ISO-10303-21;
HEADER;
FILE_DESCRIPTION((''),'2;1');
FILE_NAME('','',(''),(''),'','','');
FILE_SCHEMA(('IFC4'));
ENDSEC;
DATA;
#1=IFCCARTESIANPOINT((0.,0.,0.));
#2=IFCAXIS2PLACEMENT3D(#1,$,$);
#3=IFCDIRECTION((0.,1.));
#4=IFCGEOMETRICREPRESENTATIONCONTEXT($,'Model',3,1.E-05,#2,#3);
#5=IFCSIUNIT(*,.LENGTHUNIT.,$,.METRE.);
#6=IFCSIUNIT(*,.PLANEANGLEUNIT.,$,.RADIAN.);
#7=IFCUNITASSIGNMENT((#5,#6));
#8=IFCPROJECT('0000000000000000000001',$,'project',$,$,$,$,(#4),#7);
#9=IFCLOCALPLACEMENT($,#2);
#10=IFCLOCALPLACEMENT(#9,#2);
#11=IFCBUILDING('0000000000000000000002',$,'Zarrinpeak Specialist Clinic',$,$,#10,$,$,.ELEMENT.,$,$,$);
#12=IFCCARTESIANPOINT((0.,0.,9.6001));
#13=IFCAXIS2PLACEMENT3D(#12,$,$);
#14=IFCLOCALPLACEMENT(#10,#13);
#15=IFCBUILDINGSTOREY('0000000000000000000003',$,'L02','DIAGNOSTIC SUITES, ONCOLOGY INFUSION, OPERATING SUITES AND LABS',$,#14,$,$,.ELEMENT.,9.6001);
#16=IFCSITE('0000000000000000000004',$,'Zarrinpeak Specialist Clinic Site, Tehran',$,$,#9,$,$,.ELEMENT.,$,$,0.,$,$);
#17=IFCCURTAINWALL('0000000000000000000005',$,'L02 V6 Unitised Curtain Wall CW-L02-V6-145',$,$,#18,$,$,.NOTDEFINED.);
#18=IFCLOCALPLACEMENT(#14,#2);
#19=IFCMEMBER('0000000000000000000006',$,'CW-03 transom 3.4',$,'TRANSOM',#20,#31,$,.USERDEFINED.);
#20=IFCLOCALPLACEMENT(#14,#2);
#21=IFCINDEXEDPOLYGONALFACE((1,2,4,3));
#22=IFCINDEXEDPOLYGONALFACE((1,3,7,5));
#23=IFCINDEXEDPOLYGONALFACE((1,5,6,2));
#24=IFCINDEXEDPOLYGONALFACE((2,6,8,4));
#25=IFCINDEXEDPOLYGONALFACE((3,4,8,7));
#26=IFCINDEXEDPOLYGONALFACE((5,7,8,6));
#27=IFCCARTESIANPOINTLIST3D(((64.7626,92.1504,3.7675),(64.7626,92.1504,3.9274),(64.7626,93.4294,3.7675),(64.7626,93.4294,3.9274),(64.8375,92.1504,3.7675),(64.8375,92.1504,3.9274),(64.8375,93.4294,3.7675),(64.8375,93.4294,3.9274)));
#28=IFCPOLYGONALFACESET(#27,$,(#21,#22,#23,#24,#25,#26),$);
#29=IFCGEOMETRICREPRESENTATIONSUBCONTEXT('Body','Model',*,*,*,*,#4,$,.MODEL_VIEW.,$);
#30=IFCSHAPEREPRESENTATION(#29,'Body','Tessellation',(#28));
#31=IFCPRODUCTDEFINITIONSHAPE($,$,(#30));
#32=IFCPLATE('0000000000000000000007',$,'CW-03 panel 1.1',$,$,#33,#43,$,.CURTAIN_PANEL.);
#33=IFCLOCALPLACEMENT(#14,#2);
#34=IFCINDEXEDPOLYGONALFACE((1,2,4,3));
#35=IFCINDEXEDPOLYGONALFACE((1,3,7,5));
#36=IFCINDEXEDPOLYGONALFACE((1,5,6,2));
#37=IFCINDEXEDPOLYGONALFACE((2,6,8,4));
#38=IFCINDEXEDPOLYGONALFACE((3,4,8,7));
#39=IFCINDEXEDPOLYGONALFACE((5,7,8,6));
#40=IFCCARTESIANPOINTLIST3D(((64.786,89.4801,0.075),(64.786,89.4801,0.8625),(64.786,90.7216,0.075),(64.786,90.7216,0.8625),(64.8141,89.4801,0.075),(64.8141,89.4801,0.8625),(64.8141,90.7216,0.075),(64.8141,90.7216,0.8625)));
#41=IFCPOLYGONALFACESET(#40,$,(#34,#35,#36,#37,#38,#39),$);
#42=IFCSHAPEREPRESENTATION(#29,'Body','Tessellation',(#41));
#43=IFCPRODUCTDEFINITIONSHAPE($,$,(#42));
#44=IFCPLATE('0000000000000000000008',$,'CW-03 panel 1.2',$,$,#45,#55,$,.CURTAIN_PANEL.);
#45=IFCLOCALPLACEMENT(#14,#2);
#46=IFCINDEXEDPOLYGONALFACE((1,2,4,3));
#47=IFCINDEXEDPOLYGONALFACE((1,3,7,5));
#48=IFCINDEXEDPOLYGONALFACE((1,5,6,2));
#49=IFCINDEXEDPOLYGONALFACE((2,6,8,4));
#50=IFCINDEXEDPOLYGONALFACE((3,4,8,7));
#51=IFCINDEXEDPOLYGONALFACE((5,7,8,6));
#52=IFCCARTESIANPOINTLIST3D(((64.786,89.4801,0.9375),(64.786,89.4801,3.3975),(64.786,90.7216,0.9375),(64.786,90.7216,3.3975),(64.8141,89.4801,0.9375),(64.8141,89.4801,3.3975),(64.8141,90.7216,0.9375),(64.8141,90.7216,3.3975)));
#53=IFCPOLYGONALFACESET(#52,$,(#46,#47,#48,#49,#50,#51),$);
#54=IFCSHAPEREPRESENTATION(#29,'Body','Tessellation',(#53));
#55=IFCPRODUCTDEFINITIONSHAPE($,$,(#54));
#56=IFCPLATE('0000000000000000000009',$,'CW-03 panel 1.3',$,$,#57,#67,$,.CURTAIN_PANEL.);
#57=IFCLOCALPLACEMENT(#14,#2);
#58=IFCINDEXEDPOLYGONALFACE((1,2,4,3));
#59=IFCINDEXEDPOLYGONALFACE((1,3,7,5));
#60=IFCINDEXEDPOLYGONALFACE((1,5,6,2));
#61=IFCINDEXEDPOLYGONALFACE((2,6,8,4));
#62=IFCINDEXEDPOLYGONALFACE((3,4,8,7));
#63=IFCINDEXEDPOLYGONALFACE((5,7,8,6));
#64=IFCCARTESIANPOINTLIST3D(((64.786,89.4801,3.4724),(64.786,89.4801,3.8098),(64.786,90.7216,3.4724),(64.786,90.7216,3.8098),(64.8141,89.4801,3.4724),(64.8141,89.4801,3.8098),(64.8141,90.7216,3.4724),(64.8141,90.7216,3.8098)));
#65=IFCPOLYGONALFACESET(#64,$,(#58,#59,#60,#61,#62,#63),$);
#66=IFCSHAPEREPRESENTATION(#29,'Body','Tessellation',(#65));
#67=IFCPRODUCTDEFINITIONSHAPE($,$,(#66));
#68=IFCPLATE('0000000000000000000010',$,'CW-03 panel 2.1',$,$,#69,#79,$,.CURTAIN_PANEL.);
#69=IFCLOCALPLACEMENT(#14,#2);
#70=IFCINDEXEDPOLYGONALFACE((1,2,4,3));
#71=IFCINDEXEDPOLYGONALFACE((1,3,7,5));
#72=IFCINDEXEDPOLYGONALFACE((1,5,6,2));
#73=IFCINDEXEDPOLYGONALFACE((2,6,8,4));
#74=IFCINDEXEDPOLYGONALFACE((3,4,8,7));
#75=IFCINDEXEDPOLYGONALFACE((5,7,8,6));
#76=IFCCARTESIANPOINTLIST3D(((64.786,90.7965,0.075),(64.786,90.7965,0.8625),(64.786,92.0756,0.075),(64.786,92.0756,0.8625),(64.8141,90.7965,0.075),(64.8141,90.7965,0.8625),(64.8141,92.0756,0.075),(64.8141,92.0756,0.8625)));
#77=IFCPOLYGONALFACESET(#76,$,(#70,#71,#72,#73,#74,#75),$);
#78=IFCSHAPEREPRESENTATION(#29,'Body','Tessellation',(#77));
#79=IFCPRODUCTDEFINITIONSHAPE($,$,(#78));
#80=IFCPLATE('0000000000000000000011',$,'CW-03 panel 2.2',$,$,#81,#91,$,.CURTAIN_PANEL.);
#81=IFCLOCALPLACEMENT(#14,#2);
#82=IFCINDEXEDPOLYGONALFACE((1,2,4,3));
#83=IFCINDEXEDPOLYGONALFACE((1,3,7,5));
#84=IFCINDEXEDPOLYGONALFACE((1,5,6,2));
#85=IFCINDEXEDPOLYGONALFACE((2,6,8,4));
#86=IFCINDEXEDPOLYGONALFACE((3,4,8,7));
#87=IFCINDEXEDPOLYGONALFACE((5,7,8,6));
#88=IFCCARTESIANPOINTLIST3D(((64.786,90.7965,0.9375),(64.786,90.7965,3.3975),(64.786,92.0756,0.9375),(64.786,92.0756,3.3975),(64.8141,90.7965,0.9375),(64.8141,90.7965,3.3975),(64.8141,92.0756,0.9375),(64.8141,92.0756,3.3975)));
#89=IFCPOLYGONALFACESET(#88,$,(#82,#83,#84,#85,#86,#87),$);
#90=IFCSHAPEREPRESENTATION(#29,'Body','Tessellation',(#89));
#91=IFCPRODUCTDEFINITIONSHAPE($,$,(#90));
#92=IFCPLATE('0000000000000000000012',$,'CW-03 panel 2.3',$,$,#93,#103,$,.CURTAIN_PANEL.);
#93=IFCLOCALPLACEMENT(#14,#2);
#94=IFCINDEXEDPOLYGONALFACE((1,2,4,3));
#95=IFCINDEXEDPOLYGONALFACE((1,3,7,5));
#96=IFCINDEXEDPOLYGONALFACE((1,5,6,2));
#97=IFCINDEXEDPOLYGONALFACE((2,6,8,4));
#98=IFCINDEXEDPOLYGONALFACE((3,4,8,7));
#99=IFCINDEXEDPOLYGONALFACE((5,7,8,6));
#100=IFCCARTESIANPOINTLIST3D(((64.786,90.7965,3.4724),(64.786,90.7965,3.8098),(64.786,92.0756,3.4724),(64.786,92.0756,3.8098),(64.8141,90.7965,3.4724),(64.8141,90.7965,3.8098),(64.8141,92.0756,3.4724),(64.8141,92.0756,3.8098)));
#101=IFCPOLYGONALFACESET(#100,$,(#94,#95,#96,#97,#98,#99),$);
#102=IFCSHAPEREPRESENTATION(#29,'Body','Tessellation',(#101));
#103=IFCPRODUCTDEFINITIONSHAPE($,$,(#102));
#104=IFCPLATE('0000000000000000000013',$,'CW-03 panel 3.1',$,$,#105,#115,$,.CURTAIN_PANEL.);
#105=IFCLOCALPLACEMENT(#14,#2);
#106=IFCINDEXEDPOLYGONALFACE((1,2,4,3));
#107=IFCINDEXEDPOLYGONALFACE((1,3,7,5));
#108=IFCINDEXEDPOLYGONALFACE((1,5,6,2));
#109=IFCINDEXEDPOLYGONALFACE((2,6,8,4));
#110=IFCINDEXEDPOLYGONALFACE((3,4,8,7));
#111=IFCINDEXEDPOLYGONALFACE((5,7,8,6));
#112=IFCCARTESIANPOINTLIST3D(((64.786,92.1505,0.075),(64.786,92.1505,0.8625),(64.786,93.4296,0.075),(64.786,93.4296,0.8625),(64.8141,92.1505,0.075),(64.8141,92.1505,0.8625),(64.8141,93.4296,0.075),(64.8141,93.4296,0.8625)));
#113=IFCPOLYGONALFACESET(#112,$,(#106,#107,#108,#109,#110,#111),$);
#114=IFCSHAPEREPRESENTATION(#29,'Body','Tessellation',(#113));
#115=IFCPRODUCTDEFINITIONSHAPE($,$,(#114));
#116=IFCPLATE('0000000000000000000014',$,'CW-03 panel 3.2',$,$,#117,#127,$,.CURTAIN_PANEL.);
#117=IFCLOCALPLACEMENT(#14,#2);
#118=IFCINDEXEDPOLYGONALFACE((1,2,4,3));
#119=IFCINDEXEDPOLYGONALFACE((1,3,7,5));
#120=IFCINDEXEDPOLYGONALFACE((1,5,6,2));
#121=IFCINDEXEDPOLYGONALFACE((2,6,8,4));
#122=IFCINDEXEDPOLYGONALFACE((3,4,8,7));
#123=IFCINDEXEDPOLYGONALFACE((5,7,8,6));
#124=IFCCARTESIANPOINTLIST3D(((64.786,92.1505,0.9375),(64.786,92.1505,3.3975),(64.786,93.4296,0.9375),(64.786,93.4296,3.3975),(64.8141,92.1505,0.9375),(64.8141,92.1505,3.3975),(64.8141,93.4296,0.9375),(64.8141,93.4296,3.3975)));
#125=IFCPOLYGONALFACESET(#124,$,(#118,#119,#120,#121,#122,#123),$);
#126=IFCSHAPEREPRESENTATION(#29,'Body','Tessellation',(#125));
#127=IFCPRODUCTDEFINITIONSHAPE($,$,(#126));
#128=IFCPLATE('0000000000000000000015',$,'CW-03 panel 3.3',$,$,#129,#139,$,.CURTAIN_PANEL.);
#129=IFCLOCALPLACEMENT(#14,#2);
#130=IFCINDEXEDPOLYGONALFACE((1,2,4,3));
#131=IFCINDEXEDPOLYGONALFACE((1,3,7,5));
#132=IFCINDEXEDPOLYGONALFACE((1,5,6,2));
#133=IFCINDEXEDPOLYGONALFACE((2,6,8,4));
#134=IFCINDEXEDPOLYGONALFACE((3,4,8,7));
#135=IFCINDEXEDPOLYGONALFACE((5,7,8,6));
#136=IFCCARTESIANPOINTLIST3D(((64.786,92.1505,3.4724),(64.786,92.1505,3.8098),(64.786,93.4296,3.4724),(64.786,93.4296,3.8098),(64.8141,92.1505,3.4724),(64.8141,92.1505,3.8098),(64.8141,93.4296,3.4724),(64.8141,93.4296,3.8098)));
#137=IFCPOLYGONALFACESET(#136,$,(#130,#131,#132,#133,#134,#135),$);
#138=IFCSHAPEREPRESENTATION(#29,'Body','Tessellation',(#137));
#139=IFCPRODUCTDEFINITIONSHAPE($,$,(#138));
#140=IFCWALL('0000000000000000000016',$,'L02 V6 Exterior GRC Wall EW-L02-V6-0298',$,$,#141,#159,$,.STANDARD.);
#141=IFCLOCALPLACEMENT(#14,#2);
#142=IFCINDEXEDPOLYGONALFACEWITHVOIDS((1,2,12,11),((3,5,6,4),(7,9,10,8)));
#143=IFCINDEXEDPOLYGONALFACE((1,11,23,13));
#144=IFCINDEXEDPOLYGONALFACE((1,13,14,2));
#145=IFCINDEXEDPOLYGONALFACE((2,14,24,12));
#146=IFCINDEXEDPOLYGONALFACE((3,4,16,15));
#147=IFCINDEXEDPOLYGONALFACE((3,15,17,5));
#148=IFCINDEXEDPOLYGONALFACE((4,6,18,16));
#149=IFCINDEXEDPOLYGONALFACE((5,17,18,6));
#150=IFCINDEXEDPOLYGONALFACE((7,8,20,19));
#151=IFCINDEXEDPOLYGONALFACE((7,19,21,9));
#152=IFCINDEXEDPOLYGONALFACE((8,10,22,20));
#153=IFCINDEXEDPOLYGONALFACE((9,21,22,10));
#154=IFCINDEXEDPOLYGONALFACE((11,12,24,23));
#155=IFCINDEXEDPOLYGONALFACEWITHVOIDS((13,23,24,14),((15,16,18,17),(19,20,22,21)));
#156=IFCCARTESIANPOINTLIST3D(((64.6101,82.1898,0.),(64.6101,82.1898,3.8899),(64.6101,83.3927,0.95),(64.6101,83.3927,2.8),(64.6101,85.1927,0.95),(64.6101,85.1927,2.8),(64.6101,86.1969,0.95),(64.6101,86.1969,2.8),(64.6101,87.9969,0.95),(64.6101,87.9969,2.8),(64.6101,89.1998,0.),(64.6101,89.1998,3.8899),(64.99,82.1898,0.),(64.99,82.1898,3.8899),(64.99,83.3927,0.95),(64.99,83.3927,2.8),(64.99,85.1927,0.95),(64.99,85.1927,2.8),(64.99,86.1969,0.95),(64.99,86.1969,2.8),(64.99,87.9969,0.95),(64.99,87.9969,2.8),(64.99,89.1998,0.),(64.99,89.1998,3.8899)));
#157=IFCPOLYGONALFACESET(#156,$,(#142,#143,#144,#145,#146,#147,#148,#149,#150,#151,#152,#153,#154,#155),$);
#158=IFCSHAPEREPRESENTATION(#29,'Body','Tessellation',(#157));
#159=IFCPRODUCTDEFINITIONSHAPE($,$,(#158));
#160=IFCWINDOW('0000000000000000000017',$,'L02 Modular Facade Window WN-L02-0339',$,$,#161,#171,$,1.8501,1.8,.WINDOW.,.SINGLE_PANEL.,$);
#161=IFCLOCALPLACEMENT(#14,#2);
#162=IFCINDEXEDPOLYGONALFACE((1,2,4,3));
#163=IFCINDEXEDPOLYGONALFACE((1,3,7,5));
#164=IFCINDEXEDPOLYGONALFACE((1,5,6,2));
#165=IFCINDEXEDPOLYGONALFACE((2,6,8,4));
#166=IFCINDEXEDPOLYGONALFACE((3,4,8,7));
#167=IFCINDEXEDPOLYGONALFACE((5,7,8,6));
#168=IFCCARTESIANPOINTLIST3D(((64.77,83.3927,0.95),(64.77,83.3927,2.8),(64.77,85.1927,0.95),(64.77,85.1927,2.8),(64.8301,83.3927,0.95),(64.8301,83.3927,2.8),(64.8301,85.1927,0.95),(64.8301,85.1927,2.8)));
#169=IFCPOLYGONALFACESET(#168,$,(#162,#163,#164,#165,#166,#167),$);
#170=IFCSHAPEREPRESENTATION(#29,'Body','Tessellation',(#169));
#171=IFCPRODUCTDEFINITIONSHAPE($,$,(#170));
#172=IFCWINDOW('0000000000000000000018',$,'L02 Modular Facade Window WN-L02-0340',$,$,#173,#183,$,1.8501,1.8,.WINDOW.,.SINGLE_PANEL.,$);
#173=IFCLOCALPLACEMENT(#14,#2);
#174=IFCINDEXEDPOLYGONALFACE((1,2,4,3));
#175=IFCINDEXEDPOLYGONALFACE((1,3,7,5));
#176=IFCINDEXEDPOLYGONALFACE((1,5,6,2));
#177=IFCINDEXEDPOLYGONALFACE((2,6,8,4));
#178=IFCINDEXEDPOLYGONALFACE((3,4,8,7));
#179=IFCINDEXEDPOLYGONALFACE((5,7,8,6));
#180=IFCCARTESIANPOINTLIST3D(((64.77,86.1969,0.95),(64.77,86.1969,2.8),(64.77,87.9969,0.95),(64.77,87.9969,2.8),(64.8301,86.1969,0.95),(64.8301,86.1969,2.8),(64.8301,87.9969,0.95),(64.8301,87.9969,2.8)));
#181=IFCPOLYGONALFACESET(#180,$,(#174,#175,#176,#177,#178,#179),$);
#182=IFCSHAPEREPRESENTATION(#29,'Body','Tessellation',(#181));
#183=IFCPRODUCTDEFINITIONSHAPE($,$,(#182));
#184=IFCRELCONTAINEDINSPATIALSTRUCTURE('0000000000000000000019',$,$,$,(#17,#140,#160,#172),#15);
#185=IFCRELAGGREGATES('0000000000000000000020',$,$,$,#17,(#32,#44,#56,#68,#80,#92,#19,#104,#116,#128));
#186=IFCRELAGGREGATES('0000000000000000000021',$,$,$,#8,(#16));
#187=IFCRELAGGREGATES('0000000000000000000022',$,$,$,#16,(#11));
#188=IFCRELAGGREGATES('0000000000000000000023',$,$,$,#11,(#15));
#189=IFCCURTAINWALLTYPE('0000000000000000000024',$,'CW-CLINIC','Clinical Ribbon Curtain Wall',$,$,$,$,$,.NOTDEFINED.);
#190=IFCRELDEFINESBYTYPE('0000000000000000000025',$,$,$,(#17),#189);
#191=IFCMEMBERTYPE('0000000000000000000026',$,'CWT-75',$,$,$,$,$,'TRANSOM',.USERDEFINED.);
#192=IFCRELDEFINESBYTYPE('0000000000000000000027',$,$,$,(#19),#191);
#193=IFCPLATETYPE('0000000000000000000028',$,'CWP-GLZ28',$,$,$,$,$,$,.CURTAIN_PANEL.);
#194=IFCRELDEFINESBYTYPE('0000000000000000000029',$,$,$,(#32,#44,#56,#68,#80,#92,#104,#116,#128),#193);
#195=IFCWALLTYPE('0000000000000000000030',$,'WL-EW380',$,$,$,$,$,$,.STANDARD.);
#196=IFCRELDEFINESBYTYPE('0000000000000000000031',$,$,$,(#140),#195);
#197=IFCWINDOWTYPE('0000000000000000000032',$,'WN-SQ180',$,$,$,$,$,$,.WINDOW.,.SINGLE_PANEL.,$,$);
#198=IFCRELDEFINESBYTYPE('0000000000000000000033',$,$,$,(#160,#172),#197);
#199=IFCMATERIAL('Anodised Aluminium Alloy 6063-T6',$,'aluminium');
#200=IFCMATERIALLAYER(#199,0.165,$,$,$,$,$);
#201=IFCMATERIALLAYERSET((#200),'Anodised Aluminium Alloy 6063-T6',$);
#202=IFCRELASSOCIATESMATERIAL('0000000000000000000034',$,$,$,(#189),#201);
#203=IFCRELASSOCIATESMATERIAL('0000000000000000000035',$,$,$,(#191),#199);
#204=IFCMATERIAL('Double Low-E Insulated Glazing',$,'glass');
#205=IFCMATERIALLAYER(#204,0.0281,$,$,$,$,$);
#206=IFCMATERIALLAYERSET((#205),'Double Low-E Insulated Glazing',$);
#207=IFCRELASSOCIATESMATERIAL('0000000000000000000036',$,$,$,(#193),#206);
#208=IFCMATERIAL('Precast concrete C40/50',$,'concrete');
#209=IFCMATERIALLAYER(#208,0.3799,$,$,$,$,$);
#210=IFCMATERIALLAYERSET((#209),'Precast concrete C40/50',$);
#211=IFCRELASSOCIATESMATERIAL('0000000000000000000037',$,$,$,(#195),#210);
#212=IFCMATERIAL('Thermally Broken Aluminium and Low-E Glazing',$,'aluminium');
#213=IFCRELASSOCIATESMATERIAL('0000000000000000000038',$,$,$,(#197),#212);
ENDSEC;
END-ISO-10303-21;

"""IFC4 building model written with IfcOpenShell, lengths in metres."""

from ifc_helpers import new_model, si_unit, direction, frame, frame_2d, origin, origin_2d, place, context, subcontext, project, spatial, rectangle, extrude, material, layer, layer_set, material_profile, profile_set, type_object, element, fill, aggregate, save


model = new_model("IFC4")

# Units and contexts
model_context = context("Model", 3, precision=1e-05, world=origin(), true_north=direction((0.0, 1.0)))
body_context = subcontext(model_context, "Body", "Model", "MODEL_VIEW")
ifc_project = project(units=[si_unit("LENGTHUNIT", "METRE"), si_unit("PLANEANGLEUNIT", "RADIAN")], contexts=[model_context])

# Site, building, storey
site_placement = place(None, origin())
site = spatial("IfcSite", under=ifc_project, at=site_placement, Name="Zarrinpeak Specialist Clinic Site, Tehran", CompositionType="ELEMENT", RefElevation=0.0)
building_placement = place(site_placement, origin())
building = spatial("IfcBuilding", under=site, at=building_placement, Name="Zarrinpeak Specialist Clinic", CompositionType="ELEMENT")
storey_placement = place(building_placement, frame((0.0, 0.0, 9.6001)))
storey = spatial("IfcBuildingStorey", under=building, at=storey_placement, Name="L02", Description="DIAGNOSTIC SUITES, ONCOLOGY INFUSION, OPERATING SUITES AND LABS", CompositionType="ELEMENT", Elevation=9.6001)

# Curtain wall, member, plates
ifc_material_1 = material(Name="Anodised Aluminium Alloy 6063-T6", Category="aluminium")
ifc_layer_1 = layer(ifc_material_1, 0.165)
ifc_layer_set_1 = layer_set([ifc_layer_1], Name="Anodised Aluminium Alloy 6063-T6")
curtain_wall_type = type_object("IfcCurtainWallType", Name="CW-CLINIC", Description="Clinical Ribbon Curtain Wall", PredefinedType="NOTDEFINED", material=ifc_layer_set_1)
curtain_wall_placement = place(storey_placement, origin())
curtain_wall = element("IfcCurtainWall", 1, at=curtain_wall_placement, inside=storey, type_object=curtain_wall_type, Name="L02 V6 Unitised Curtain Wall CW-L02-V6-145", PredefinedType="NOTDEFINED")
ifc_material_profile_1 = material_profile(ifc_material_1, rectangle(XDim=0.075, YDim=0.1599, at=origin_2d()), Name="ALU 75x160")
ifc_profile_set_1 = profile_set([ifc_material_profile_1], Name="Anodised Aluminium Alloy 6063-T6")
member_type_1 = type_object("IfcMemberType", Name="CWT-75", ElementType="TRANSOM", PredefinedType="USERDEFINED", material=ifc_profile_set_1)
member_1_placement = place(storey_placement, frame((64.8, 92.1504, 3.8474), z_axis=(0.0, 1.0, 0.0), x_axis=(-1.0, 0.0, 0.0)))
member_1 = element("IfcMember", 2, at=member_1_placement, type_object=member_type_1, Name="CW-03 transom 3.4", ObjectType="TRANSOM", PredefinedType="USERDEFINED", context=body_context, shape_type="SweptSolid", body=[
    extrude(rectangle(XDim=0.075, YDim=0.1599, at=origin_2d()), origin(), (0.0, 0.0, 1.0), 1.2791),
])
ifc_material_2 = material(Name="Double Low-E Insulated Glazing", Category="glass")
ifc_layer_2 = layer(ifc_material_2, 0.0281)
ifc_layer_set_2 = layer_set([ifc_layer_2], Name="Double Low-E Insulated Glazing")
plate_type = type_object("IfcPlateType", Name="CWP-GLZ28", PredefinedType="CURTAIN_PANEL", material=ifc_layer_set_2)
plate_1_placement = place(storey_placement, frame((64.8, 90.1008, 0.075), z_axis=(0.0, 0.0, 1.0), x_axis=(0.0, 1.0, 0.0)))
plate_1 = element("IfcPlate", 3, at=plate_1_placement, type_object=plate_type, Name="CW-03 panel 1.1", PredefinedType="CURTAIN_PANEL", context=body_context, shape_type="SweptSolid", body=[
    extrude(rectangle(XDim=1.2415, YDim=0.0281, at=origin_2d()), origin(), (0.0, 0.0, 1.0), 0.7876),
])
plate_2_placement = place(storey_placement, frame((64.8, 90.1008, 0.9375), z_axis=(0.0, 0.0, 1.0), x_axis=(0.0, 1.0, 0.0)))
plate_2 = element("IfcPlate", 4, at=plate_2_placement, type_object=plate_type, Name="CW-03 panel 1.2", PredefinedType="CURTAIN_PANEL", context=body_context, shape_type="SweptSolid", body=[
    extrude(rectangle(XDim=1.2415, YDim=0.0281, at=origin_2d()), origin(), (0.0, 0.0, 1.0), 2.46),
])
plate_3_placement = place(storey_placement, frame((64.8, 90.1008, 3.4724), z_axis=(0.0, 0.0, 1.0), x_axis=(0.0, 1.0, 0.0)))
plate_3 = element("IfcPlate", 5, at=plate_3_placement, type_object=plate_type, Name="CW-03 panel 1.3", PredefinedType="CURTAIN_PANEL", context=body_context, shape_type="SweptSolid", body=[
    extrude(rectangle(XDim=1.2415, YDim=0.0281, at=origin_2d()), origin(), (0.0, 0.0, 1.0), 0.3374),
])
plate_4_placement = place(storey_placement, frame((64.8, 91.436, 0.075), z_axis=(0.0, 0.0, 1.0), x_axis=(0.0, 1.0, 0.0)))
plate_4 = element("IfcPlate", 6, at=plate_4_placement, type_object=plate_type, Name="CW-03 panel 2.1", PredefinedType="CURTAIN_PANEL", context=body_context, shape_type="SweptSolid", body=[
    extrude(rectangle(XDim=1.2791, YDim=0.0281, at=origin_2d()), origin(), (0.0, 0.0, 1.0), 0.7876),
])
plate_5_placement = place(storey_placement, frame((64.8, 91.436, 0.9375), z_axis=(0.0, 0.0, 1.0), x_axis=(0.0, 1.0, 0.0)))
plate_5 = element("IfcPlate", 7, at=plate_5_placement, type_object=plate_type, Name="CW-03 panel 2.2", PredefinedType="CURTAIN_PANEL", context=body_context, shape_type="SweptSolid", body=[
    extrude(rectangle(XDim=1.2791, YDim=0.0281, at=origin_2d()), origin(), (0.0, 0.0, 1.0), 2.46),
])
plate_6_placement = place(storey_placement, frame((64.8, 91.436, 3.4724), z_axis=(0.0, 0.0, 1.0), x_axis=(0.0, 1.0, 0.0)))
plate_6 = element("IfcPlate", 8, at=plate_6_placement, type_object=plate_type, Name="CW-03 panel 2.3", PredefinedType="CURTAIN_PANEL", context=body_context, shape_type="SweptSolid", body=[
    extrude(rectangle(XDim=1.2791, YDim=0.0281, at=origin_2d()), origin(), (0.0, 0.0, 1.0), 0.3374),
])
plate_7_placement = place(storey_placement, frame((64.8, 92.79, 0.075), z_axis=(0.0, 0.0, 1.0), x_axis=(0.0, 1.0, 0.0)))
plate_7 = element("IfcPlate", 9, at=plate_7_placement, type_object=plate_type, Name="CW-03 panel 3.1", PredefinedType="CURTAIN_PANEL", context=body_context, shape_type="SweptSolid", body=[
    extrude(rectangle(XDim=1.2791, YDim=0.0281, at=origin_2d()), origin(), (0.0, 0.0, 1.0), 0.7876),
])
plate_8_placement = place(storey_placement, frame((64.8, 92.79, 0.9375), z_axis=(0.0, 0.0, 1.0), x_axis=(0.0, 1.0, 0.0)))
plate_8 = element("IfcPlate", 10, at=plate_8_placement, type_object=plate_type, Name="CW-03 panel 3.2", PredefinedType="CURTAIN_PANEL", context=body_context, shape_type="SweptSolid", body=[
    extrude(rectangle(XDim=1.2791, YDim=0.0281, at=origin_2d()), origin(), (0.0, 0.0, 1.0), 2.46),
])
plate_9_placement = place(storey_placement, frame((64.8, 92.79, 3.4724), z_axis=(0.0, 0.0, 1.0), x_axis=(0.0, 1.0, 0.0)))
plate_9 = element("IfcPlate", 11, at=plate_9_placement, type_object=plate_type, Name="CW-03 panel 3.3", PredefinedType="CURTAIN_PANEL", context=body_context, shape_type="SweptSolid", body=[
    extrude(rectangle(XDim=1.2791, YDim=0.0281, at=origin_2d()), origin(), (0.0, 0.0, 1.0), 0.3374),
])
aggregate(curtain_wall, [plate_1, plate_2, plate_3, plate_4, plate_5, plate_6, member_1, plate_7, plate_8, plate_9])

# Wall, openings, windows
ifc_material_3 = material(Name="Precast concrete C40/50", Category="concrete")
ifc_layer_3 = layer(ifc_material_3, 0.3799)
ifc_layer_set_3 = layer_set([ifc_layer_3], Name="Precast concrete C40/50")
wall_type_1 = type_object("IfcWallType", Name="WL-EW380", PredefinedType="STANDARD", material=ifc_layer_set_3)
wall_1_placement = place(storey_placement, frame((64.8, 82.1899, 0.0), z_axis=(0.0, 0.0, 1.0), x_axis=(0.0, 1.0, 0.0)))
wall_1 = element("IfcWall", 12, at=wall_1_placement, inside=storey, type_object=wall_type_1, Name="L02 V6 Exterior GRC Wall EW-L02-V6-0298", PredefinedType="STANDARD", context=body_context, shape_type="SweptSolid", body=[
    extrude(rectangle(XDim=7.01, YDim=0.3799, at=frame_2d((3.5049, 0.0))), origin(), (0.0, 0.0, 1.0), 3.8899),
])
opening_1_placement = place(wall_1_placement, frame((1.2029, 0.0, 0.95)))
opening_1 = element("IfcOpeningElement", 13, at=opening_1_placement, cuts=wall_1, PredefinedType="OPENING", context=body_context, shape_type="SweptSolid", body=[
    extrude(rectangle(XDim=1.8, YDim=1.8501, at=frame_2d((0.8999, 0.925))), frame((0.0, 0.2, 0.0), z_axis=(0.0, -1.0, 0.0), x_axis=(1.0, 0.0, 0.0)), (0.0, 0.0, 1.0), 0.3999),
])
opening_2_placement = place(wall_1_placement, frame((4.0071, 0.0, 0.95)))
opening_2 = element("IfcOpeningElement", 14, at=opening_2_placement, cuts=wall_1, PredefinedType="OPENING", context=body_context, shape_type="SweptSolid", body=[
    extrude(rectangle(XDim=1.8, YDim=1.8501, at=frame_2d((0.8999, 0.925))), frame((0.0, 0.2, 0.0), z_axis=(0.0, -1.0, 0.0), x_axis=(1.0, 0.0, 0.0)), (0.0, 0.0, 1.0), 0.3999),
])
ifc_material_4 = material(Name="Thermally Broken Aluminium and Low-E Glazing", Category="aluminium")
window_type = type_object("IfcWindowType", Name="WN-SQ180", PartitioningType="SINGLE_PANEL", PredefinedType="WINDOW", material=ifc_material_4)
window_1_placement = place(opening_1_placement, origin())
window_1 = element("IfcWindow", 15, at=window_1_placement, inside=storey, type_object=window_type, Name="L02 Modular Facade Window WN-L02-0339", OverallHeight=1.8501, OverallWidth=1.8, PartitioningType="SINGLE_PANEL", PredefinedType="WINDOW", context=body_context, shape_type="SweptSolid", body=[
    extrude(rectangle(XDim=1.8, YDim=1.8501, at=frame_2d((0.8999, 0.925))), frame((0.0, 0.03, 0.0), z_axis=(0.0, -1.0, 0.0), x_axis=(1.0, 0.0, 0.0)), (0.0, 0.0, 1.0), 0.0601),
])
fill(opening_1, window_1)
window_2_placement = place(opening_2_placement, origin())
window_2 = element("IfcWindow", 16, at=window_2_placement, inside=storey, type_object=window_type, Name="L02 Modular Facade Window WN-L02-0340", OverallHeight=1.8501, OverallWidth=1.8, PartitioningType="SINGLE_PANEL", PredefinedType="WINDOW", context=body_context, shape_type="SweptSolid", body=[
    extrude(rectangle(XDim=1.8, YDim=1.8501, at=frame_2d((0.8999, 0.925))), frame((0.0, 0.03, 0.0), z_axis=(0.0, -1.0, 0.0), x_axis=(1.0, 0.0, 0.0)), (0.0, 0.0, 1.0), 0.0601),
])
fill(opening_2, window_2)

save(model, "model.ifc")
